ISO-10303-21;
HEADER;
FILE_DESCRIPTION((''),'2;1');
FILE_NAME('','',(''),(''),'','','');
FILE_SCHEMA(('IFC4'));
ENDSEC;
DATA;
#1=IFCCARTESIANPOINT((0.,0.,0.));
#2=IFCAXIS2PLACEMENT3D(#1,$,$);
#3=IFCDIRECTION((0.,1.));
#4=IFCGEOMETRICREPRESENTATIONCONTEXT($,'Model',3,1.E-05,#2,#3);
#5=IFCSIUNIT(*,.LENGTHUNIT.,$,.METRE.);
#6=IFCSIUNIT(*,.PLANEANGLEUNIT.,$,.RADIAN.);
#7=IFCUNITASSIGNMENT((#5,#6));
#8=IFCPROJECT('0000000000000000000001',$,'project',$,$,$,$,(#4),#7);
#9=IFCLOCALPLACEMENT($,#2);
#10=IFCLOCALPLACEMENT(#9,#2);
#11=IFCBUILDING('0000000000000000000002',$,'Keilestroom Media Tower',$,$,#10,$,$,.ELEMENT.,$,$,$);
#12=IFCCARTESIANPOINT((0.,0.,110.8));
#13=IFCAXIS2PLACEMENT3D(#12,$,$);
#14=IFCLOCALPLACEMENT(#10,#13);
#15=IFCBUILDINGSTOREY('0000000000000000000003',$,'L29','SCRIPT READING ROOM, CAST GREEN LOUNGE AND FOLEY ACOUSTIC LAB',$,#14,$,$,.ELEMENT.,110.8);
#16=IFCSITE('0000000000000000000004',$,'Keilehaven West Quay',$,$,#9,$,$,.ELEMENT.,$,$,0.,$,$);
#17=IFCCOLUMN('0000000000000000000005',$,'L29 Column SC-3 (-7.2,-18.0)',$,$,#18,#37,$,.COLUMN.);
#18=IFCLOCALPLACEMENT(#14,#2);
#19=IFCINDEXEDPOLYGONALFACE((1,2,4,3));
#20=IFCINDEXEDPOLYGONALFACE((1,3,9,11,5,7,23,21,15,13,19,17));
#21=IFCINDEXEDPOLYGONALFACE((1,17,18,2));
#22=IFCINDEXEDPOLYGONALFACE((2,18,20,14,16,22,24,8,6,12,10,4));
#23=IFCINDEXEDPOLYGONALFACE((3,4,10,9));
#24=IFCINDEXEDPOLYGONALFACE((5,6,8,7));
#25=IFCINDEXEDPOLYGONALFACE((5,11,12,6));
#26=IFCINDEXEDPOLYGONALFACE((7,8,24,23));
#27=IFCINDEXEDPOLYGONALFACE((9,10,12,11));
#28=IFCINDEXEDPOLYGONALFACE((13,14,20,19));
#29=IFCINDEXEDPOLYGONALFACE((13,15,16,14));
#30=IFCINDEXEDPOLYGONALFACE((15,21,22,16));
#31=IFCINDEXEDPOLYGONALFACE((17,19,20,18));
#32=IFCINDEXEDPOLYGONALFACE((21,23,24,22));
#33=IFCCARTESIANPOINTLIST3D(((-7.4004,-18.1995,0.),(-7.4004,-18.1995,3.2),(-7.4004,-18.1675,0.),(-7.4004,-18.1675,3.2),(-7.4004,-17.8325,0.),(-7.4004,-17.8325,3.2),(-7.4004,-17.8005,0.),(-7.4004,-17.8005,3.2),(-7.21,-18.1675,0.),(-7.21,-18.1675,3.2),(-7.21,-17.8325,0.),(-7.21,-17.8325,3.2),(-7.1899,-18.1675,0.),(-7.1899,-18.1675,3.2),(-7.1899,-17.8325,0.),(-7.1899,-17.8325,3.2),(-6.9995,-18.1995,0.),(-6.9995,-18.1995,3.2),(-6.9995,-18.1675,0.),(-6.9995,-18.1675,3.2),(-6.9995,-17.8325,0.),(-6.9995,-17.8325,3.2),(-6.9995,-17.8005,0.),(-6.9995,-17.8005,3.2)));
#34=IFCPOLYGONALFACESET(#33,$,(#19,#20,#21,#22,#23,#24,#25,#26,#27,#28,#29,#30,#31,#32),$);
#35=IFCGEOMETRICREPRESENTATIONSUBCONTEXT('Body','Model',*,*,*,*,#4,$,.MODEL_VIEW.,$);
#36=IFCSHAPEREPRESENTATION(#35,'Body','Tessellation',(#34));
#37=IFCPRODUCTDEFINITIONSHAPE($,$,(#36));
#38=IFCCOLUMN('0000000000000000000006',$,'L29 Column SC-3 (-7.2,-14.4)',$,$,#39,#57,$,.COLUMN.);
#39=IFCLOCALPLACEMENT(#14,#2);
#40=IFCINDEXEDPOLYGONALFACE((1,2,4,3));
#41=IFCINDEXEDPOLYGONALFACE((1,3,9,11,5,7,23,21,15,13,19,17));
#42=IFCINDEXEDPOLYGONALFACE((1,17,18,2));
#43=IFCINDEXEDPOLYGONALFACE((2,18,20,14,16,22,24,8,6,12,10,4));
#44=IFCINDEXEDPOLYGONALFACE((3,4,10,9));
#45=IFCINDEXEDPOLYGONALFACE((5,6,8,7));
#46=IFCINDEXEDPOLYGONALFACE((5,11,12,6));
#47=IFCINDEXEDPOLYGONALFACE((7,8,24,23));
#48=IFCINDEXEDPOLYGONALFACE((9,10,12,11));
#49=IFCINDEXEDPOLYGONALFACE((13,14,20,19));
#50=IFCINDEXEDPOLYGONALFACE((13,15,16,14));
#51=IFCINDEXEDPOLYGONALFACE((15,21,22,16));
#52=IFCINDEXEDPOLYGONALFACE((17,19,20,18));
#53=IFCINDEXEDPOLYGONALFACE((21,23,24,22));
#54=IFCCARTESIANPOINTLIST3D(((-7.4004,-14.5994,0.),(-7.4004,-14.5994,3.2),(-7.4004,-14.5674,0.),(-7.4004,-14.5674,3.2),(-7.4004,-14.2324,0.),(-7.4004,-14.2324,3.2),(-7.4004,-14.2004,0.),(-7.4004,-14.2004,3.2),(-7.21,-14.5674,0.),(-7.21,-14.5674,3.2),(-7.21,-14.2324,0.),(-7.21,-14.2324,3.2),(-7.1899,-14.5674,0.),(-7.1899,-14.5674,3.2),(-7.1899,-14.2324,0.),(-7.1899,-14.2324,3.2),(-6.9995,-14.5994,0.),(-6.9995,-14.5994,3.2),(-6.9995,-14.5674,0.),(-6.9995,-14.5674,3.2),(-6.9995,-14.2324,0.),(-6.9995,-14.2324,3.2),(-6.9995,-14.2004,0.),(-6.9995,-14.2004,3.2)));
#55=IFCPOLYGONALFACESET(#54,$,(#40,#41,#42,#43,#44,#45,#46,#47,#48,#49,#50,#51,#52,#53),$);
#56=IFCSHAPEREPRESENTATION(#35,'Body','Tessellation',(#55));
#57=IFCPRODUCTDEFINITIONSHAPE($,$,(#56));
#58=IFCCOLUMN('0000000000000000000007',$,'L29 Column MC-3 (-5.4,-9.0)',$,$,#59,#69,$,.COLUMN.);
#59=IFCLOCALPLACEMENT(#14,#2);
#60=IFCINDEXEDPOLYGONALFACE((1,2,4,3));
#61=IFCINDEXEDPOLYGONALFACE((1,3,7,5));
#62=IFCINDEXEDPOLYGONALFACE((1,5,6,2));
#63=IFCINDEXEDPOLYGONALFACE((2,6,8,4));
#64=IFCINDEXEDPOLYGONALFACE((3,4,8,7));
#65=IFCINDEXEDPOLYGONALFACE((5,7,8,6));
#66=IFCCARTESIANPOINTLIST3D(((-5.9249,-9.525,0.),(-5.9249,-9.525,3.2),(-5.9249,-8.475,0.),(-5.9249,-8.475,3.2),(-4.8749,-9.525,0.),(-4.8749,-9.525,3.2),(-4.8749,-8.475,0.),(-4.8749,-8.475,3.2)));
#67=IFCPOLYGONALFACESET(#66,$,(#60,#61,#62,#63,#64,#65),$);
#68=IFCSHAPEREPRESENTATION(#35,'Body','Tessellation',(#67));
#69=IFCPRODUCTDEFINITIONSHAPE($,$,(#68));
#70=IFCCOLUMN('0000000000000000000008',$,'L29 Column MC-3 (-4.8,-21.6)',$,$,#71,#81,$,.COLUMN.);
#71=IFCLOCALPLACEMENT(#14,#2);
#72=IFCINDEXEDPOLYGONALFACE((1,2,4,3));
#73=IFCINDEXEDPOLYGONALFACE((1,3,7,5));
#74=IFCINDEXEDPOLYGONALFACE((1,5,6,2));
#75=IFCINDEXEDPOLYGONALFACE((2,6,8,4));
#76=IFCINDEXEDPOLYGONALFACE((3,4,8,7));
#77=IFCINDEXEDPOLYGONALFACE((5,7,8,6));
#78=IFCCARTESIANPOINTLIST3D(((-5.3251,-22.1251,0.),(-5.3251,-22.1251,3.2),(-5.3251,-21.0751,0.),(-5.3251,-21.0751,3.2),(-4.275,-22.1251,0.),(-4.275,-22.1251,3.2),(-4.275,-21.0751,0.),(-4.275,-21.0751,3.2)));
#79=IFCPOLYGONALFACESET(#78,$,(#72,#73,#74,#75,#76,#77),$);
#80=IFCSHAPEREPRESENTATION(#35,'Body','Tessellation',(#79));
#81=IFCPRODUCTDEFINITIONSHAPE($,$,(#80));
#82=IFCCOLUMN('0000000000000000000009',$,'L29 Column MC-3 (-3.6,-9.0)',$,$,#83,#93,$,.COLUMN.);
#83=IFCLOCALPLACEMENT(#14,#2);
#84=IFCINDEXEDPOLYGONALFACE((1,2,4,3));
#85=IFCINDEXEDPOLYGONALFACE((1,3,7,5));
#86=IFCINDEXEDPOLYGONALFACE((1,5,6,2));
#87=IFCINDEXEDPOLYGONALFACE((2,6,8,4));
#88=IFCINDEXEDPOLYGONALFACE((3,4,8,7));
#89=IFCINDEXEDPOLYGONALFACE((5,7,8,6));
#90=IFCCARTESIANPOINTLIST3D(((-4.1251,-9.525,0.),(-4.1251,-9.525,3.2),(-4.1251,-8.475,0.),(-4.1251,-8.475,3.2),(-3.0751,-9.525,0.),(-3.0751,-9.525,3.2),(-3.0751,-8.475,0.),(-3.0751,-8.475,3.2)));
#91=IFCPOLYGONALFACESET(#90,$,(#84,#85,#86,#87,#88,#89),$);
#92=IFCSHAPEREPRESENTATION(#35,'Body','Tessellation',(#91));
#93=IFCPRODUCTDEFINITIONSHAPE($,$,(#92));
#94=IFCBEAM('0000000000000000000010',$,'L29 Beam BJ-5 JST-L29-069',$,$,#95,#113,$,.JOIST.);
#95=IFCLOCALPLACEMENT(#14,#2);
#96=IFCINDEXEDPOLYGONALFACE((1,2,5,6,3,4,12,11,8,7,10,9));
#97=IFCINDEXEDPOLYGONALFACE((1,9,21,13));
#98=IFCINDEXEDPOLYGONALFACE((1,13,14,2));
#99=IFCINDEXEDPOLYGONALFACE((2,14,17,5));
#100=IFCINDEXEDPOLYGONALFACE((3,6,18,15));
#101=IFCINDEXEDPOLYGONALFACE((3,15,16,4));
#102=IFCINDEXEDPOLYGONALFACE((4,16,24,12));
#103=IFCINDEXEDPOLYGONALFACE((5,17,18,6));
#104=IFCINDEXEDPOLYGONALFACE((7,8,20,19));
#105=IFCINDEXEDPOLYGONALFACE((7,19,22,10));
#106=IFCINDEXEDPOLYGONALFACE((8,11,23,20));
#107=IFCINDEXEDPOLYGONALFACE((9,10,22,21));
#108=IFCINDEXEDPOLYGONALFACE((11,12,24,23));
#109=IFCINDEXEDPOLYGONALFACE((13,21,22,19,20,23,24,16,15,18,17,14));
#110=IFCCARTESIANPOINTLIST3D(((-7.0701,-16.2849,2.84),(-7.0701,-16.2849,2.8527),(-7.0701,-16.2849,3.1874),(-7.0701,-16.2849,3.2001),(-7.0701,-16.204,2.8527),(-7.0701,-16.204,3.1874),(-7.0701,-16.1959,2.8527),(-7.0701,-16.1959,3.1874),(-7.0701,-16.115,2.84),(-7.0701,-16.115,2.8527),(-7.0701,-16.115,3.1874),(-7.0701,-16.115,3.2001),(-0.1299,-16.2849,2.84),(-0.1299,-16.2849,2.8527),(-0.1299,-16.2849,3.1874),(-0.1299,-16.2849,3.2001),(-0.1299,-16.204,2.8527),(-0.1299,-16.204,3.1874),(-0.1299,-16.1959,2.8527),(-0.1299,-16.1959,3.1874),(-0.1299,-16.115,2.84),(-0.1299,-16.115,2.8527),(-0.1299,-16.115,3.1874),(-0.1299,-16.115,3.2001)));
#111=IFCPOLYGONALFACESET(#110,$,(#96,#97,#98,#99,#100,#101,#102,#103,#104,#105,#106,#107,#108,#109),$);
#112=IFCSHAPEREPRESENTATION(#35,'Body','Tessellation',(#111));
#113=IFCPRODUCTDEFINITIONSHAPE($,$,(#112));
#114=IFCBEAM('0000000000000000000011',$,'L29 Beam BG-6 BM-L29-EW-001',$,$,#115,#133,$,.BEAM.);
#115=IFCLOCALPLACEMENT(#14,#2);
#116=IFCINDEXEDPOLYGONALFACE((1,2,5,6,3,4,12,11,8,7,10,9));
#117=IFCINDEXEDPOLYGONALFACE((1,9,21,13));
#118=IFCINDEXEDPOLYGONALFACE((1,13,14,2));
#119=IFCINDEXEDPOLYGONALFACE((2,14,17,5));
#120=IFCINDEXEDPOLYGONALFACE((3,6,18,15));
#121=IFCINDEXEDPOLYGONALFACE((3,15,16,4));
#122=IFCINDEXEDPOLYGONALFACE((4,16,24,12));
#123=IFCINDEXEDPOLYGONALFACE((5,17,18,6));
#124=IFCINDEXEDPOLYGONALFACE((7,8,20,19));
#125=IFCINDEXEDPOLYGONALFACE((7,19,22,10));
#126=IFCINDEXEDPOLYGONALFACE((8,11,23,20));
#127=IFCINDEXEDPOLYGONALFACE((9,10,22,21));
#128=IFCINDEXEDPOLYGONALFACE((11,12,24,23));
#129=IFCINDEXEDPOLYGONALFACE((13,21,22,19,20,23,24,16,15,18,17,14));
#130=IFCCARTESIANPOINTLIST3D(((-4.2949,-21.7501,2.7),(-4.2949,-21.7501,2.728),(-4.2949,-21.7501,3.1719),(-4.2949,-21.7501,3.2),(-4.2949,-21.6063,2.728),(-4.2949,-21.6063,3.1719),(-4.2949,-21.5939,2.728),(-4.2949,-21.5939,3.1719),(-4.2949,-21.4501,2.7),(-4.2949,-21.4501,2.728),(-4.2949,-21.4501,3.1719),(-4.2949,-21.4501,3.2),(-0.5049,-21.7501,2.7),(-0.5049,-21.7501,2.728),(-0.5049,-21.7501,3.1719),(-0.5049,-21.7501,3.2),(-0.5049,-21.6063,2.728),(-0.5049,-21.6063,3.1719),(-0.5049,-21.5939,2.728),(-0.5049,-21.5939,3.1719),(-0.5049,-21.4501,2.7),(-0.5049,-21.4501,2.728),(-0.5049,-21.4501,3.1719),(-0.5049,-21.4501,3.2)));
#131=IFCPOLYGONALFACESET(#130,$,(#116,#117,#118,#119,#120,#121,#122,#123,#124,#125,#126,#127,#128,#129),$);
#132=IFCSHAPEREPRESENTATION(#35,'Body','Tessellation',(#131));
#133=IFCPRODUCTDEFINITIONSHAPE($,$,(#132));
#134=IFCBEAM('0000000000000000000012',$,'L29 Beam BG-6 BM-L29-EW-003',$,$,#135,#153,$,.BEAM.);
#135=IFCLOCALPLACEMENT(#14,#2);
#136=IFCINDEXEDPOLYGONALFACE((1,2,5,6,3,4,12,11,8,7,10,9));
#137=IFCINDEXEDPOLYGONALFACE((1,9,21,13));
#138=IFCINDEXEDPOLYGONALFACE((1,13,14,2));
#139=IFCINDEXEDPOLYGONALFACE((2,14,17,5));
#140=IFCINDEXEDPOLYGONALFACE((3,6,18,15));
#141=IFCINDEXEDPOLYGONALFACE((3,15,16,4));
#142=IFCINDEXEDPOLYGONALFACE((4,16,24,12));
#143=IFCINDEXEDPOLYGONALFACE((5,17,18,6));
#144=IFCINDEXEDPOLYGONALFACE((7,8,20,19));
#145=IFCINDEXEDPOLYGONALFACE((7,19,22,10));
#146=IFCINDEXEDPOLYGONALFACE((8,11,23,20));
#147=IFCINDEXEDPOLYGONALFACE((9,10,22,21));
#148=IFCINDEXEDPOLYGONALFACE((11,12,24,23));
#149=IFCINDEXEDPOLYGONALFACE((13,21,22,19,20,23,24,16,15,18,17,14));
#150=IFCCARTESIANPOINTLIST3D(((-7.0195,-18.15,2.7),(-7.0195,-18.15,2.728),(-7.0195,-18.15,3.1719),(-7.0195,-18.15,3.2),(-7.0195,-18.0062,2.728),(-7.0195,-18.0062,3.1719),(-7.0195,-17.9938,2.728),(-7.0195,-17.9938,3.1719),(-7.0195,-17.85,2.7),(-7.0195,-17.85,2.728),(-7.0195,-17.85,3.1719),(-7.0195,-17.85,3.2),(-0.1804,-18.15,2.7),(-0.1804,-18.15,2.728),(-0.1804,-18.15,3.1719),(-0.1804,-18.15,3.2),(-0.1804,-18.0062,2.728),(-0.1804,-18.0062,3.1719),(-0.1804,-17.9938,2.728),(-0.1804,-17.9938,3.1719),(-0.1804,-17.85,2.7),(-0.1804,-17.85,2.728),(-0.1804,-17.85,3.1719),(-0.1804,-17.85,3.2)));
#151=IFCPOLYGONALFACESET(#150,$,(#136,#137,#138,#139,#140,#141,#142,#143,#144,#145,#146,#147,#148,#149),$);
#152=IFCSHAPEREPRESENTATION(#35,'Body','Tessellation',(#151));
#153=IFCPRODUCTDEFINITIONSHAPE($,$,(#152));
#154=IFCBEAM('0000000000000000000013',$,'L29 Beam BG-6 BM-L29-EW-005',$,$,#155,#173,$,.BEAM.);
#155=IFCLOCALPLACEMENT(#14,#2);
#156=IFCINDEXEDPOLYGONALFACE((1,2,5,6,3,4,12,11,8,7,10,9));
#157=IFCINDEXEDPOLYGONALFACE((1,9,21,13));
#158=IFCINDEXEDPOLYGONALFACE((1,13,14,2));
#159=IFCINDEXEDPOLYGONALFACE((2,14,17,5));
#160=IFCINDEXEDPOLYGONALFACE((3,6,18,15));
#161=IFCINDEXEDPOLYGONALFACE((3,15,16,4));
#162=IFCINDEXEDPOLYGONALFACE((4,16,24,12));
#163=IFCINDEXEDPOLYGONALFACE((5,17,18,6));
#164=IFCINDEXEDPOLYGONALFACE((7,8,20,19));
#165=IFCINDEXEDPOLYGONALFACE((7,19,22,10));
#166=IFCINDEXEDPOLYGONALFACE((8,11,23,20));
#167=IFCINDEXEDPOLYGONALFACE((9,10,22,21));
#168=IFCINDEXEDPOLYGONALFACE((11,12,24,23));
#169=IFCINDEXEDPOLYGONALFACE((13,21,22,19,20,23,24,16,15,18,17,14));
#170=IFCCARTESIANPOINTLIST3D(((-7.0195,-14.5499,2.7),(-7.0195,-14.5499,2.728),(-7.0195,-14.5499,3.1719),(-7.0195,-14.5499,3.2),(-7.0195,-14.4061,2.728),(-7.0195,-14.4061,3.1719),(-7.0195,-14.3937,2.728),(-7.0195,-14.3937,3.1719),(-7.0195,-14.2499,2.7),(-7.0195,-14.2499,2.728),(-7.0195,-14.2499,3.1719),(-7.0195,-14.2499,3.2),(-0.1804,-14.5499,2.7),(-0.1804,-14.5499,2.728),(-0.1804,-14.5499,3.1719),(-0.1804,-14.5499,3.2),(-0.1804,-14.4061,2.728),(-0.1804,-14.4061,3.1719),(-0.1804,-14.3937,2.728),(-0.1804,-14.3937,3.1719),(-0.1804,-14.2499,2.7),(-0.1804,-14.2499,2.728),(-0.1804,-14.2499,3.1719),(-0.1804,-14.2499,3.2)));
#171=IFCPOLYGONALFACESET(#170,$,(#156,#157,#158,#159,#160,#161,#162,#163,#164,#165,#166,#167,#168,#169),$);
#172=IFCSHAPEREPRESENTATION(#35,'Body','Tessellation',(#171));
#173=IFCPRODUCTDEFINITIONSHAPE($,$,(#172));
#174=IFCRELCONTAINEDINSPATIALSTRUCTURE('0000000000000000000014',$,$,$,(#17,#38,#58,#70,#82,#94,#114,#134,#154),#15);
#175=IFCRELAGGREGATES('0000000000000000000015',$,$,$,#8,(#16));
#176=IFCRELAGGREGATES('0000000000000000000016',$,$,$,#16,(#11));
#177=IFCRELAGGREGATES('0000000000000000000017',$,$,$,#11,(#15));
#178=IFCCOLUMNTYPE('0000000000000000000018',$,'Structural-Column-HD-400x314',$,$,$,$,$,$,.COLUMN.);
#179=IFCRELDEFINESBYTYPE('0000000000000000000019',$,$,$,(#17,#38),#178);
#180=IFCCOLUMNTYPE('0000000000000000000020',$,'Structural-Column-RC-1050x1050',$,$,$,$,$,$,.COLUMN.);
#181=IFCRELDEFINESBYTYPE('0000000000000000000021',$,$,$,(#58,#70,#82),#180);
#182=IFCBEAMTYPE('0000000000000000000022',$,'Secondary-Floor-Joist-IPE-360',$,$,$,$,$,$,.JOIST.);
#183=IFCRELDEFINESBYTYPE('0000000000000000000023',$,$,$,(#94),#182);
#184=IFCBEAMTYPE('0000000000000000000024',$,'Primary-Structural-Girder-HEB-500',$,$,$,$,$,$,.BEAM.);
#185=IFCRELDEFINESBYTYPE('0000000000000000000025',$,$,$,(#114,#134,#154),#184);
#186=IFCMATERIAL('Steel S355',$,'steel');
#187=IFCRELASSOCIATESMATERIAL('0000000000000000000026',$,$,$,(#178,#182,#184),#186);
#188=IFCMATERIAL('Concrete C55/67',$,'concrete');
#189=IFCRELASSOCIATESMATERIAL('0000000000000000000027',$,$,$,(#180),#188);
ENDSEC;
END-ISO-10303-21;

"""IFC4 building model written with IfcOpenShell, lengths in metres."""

from ifc_helpers import new_model, si_unit, direction, frame, origin, origin_2d, place, context, subcontext, project, spatial, rectangle, i_section, extrude, source, transform, mapped, material, material_profile, profile_set, type_object, element, save


model = new_model("IFC4")

# Units and contexts
model_context = context("Model", 3, precision=1e-05, world=origin(), true_north=direction((0.0, 1.0)))
body_context = subcontext(model_context, "Body", "Model", "MODEL_VIEW")
ifc_project = project(units=[si_unit("LENGTHUNIT", "METRE"), si_unit("PLANEANGLEUNIT", "RADIAN")], contexts=[model_context])

# Site, building, storey
site_placement = place(None, origin())
site = spatial("IfcSite", under=ifc_project, at=site_placement, Name="Keilehaven West Quay", CompositionType="ELEMENT", RefElevation=0.0)
building_placement = place(site_placement, origin())
building = spatial("IfcBuilding", under=site, at=building_placement, Name="Keilestroom Media Tower", CompositionType="ELEMENT")
storey_placement = place(building_placement, frame((0.0, 0.0, 110.8)))
storey = spatial("IfcBuildingStorey", under=building, at=storey_placement, Name="L29", Description="SCRIPT READING ROOM, CAST GREEN LOUNGE AND FOLEY ACOUSTIC LAB", CompositionType="ELEMENT", Elevation=110.8)

# Columns
ifc_material_1 = material(Name="Steel S355", Category="steel")
ifc_material_profile_1 = material_profile(ifc_material_1, i_section(OverallWidth=0.4009, OverallDepth=0.3989, WebThickness=0.02, FlangeThickness=0.032, at=origin_2d()), Name="HD 400x314")
ifc_profile_set_1 = profile_set([ifc_material_profile_1], Name="Steel S355")
column_type_1 = type_object("IfcColumnType", Name="Structural-Column-HD-400x314", PredefinedType="COLUMN", material=ifc_profile_set_1)
shared_shape_1 = source(origin(), body_context, "Body", "SweptSolid", [
    extrude(i_section(OverallWidth=0.4009, OverallDepth=0.3989, WebThickness=0.02, FlangeThickness=0.032, at=origin_2d()), origin(), (0.0, 0.0, 1.0), 3.2),
])
for number, where, z_axis, x_axis, name in (
    (1, (-7.2, -18.0, 0.0), (0.0, 0.0, 1.0), (1.0, 0.0, 0.0), "L29 Column SC-3 (-7.2,-18.0)"),
    (2, (-7.2, -14.3999, 0.0), (0.0, 0.0, 1.0), (1.0, 0.0, 0.0), "L29 Column SC-3 (-7.2,-14.4)"),
):
    element("IfcColumn", number, at=place(storey_placement, frame(where, z_axis=z_axis, x_axis=x_axis)), inside=storey, type_object=column_type_1, Name=name, PredefinedType="COLUMN", context=body_context, shape_type="MappedRepresentation", body=[
        mapped(shared_shape_1, transform((0.0, 0.0, 0.0), x_axis=(1.0, 0.0, 0.0), y_axis=(0.0, 1.0, 0.0), z_axis=(0.0, 0.0, 1.0), scale=1.0)),
    ])
ifc_material_2 = material(Name="Concrete C55/67", Category="concrete")
ifc_material_profile_2 = material_profile(ifc_material_2, rectangle(XDim=1.05, YDim=1.05, at=origin_2d()), Name="RC 1050x1050")
ifc_profile_set_2 = profile_set([ifc_material_profile_2], Name="Concrete C55/67")
column_type_2 = type_object("IfcColumnType", Name="Structural-Column-RC-1050x1050", PredefinedType="COLUMN", material=ifc_profile_set_2)
shared_shape_2 = source(origin(), body_context, "Body", "SweptSolid", [
    extrude(rectangle(XDim=1.05, YDim=1.05, at=origin_2d()), origin(), (0.0, 0.0, 1.0), 3.2),
])
for number, where, z_axis, x_axis, name in (
    (3, (-5.3999, -9.0, 0.0), (0.0, 0.0, 1.0), (1.0, 0.0, 0.0), "L29 Column MC-3 (-5.4,-9.0)"),
    (4, (-4.8, -21.6001, 0.0), (0.0, 0.0, 1.0), (1.0, 0.0, 0.0), "L29 Column MC-3 (-4.8,-21.6)"),
    (5, (-3.6001, -9.0, 0.0), (0.0, 0.0, 1.0), (1.0, 0.0, 0.0), "L29 Column MC-3 (-3.6,-9.0)"),
):
    element("IfcColumn", number, at=place(storey_placement, frame(where, z_axis=z_axis, x_axis=x_axis)), inside=storey, type_object=column_type_2, Name=name, PredefinedType="COLUMN", context=body_context, shape_type="MappedRepresentation", body=[
        mapped(shared_shape_2, transform((0.0, 0.0, 0.0), x_axis=(1.0, 0.0, 0.0), y_axis=(0.0, 1.0, 0.0), z_axis=(0.0, 0.0, 1.0), scale=1.0)),
    ])

# Beams
ifc_material_profile_3 = material_profile(ifc_material_1, i_section(OverallWidth=0.1699, OverallDepth=0.3601, WebThickness=0.0081, FlangeThickness=0.0127, at=origin_2d()), Name="IPE 360")
ifc_profile_set_3 = profile_set([ifc_material_profile_3], Name="Steel S355")
beam_type_1 = type_object("IfcBeamType", Name="Secondary-Floor-Joist-IPE-360", PredefinedType="JOIST", material=ifc_profile_set_3)
shared_shape_3 = source(origin(), body_context, "Body", "SweptSolid", [
    extrude(i_section(OverallWidth=0.1699, OverallDepth=0.3601, WebThickness=0.0081, FlangeThickness=0.0127, at=origin_2d()), origin(), (0.0, 0.0, 1.0), 6.9402),
])
beam_1_placement = place(storey_placement, frame((-7.0701, -16.2, 3.02), z_axis=(1.0, 0.0, 0.0), x_axis=(0.0, 1.0, 0.0)))
element("IfcBeam", 6, at=beam_1_placement, inside=storey, type_object=beam_type_1, Name="L29 Beam BJ-5 JST-L29-069", PredefinedType="JOIST", context=body_context, shape_type="MappedRepresentation", body=[
    mapped(shared_shape_3, transform((0.0, 0.0, 0.0), x_axis=(1.0, 0.0, 0.0), y_axis=(0.0, 1.0, 0.0), z_axis=(0.0, 0.0, 1.0), scale=1.0)),
])
ifc_material_profile_4 = material_profile(ifc_material_1, i_section(OverallWidth=0.3, OverallDepth=0.5, WebThickness=0.0125, FlangeThickness=0.0281, at=origin_2d()), Name="HEB 500")
ifc_profile_set_4 = profile_set([ifc_material_profile_4], Name="Steel S355")
beam_type_2 = type_object("IfcBeamType", Name="Primary-Structural-Girder-HEB-500", PredefinedType="BEAM", material=ifc_profile_set_4)
shared_shape_4 = source(origin(), body_context, "Body", "SweptSolid", [
    extrude(i_section(OverallWidth=0.3, OverallDepth=0.5, WebThickness=0.0125, FlangeThickness=0.0281, at=origin_2d()), origin(), (0.0, 0.0, 1.0), 3.79),
])
beam_2_placement = place(storey_placement, frame((-4.2949, -21.6001, 2.95), z_axis=(1.0, 0.0, 0.0), x_axis=(0.0, 1.0, 0.0)))
element("IfcBeam", 7, at=beam_2_placement, inside=storey, type_object=beam_type_2, Name="L29 Beam BG-6 BM-L29-EW-001", PredefinedType="BEAM", context=body_context, shape_type="MappedRepresentation", body=[
    mapped(shared_shape_4, transform((0.0, 0.0, 0.0), x_axis=(1.0, 0.0, 0.0), y_axis=(0.0, 1.0, 0.0), z_axis=(0.0, 0.0, 1.0), scale=1.0)),
])
shared_shape_5 = source(origin(), body_context, "Body", "SweptSolid", [
    extrude(i_section(OverallWidth=0.3, OverallDepth=0.5, WebThickness=0.0125, FlangeThickness=0.0281, at=origin_2d()), origin(), (0.0, 0.0, 1.0), 6.8391),
])
for number, where, z_axis, x_axis, name in (
    (8, (-7.0195, -18.0, 2.95), (1.0, 0.0, 0.0), (0.0, 1.0, 0.0), "L29 Beam BG-6 BM-L29-EW-003"),
    (9, (-7.0195, -14.3999, 2.95), (1.0, 0.0, 0.0), (0.0, 1.0, 0.0), "L29 Beam BG-6 BM-L29-EW-005"),
):
    element("IfcBeam", number, at=place(storey_placement, frame(where, z_axis=z_axis, x_axis=x_axis)), inside=storey, type_object=beam_type_2, Name=name, PredefinedType="BEAM", context=body_context, shape_type="MappedRepresentation", body=[
        mapped(shared_shape_5, transform((0.0, 0.0, 0.0), x_axis=(1.0, 0.0, 0.0), y_axis=(0.0, 1.0, 0.0), z_axis=(0.0, 0.0, 1.0), scale=1.0)),
    ])

save(model, "model.ifc")
